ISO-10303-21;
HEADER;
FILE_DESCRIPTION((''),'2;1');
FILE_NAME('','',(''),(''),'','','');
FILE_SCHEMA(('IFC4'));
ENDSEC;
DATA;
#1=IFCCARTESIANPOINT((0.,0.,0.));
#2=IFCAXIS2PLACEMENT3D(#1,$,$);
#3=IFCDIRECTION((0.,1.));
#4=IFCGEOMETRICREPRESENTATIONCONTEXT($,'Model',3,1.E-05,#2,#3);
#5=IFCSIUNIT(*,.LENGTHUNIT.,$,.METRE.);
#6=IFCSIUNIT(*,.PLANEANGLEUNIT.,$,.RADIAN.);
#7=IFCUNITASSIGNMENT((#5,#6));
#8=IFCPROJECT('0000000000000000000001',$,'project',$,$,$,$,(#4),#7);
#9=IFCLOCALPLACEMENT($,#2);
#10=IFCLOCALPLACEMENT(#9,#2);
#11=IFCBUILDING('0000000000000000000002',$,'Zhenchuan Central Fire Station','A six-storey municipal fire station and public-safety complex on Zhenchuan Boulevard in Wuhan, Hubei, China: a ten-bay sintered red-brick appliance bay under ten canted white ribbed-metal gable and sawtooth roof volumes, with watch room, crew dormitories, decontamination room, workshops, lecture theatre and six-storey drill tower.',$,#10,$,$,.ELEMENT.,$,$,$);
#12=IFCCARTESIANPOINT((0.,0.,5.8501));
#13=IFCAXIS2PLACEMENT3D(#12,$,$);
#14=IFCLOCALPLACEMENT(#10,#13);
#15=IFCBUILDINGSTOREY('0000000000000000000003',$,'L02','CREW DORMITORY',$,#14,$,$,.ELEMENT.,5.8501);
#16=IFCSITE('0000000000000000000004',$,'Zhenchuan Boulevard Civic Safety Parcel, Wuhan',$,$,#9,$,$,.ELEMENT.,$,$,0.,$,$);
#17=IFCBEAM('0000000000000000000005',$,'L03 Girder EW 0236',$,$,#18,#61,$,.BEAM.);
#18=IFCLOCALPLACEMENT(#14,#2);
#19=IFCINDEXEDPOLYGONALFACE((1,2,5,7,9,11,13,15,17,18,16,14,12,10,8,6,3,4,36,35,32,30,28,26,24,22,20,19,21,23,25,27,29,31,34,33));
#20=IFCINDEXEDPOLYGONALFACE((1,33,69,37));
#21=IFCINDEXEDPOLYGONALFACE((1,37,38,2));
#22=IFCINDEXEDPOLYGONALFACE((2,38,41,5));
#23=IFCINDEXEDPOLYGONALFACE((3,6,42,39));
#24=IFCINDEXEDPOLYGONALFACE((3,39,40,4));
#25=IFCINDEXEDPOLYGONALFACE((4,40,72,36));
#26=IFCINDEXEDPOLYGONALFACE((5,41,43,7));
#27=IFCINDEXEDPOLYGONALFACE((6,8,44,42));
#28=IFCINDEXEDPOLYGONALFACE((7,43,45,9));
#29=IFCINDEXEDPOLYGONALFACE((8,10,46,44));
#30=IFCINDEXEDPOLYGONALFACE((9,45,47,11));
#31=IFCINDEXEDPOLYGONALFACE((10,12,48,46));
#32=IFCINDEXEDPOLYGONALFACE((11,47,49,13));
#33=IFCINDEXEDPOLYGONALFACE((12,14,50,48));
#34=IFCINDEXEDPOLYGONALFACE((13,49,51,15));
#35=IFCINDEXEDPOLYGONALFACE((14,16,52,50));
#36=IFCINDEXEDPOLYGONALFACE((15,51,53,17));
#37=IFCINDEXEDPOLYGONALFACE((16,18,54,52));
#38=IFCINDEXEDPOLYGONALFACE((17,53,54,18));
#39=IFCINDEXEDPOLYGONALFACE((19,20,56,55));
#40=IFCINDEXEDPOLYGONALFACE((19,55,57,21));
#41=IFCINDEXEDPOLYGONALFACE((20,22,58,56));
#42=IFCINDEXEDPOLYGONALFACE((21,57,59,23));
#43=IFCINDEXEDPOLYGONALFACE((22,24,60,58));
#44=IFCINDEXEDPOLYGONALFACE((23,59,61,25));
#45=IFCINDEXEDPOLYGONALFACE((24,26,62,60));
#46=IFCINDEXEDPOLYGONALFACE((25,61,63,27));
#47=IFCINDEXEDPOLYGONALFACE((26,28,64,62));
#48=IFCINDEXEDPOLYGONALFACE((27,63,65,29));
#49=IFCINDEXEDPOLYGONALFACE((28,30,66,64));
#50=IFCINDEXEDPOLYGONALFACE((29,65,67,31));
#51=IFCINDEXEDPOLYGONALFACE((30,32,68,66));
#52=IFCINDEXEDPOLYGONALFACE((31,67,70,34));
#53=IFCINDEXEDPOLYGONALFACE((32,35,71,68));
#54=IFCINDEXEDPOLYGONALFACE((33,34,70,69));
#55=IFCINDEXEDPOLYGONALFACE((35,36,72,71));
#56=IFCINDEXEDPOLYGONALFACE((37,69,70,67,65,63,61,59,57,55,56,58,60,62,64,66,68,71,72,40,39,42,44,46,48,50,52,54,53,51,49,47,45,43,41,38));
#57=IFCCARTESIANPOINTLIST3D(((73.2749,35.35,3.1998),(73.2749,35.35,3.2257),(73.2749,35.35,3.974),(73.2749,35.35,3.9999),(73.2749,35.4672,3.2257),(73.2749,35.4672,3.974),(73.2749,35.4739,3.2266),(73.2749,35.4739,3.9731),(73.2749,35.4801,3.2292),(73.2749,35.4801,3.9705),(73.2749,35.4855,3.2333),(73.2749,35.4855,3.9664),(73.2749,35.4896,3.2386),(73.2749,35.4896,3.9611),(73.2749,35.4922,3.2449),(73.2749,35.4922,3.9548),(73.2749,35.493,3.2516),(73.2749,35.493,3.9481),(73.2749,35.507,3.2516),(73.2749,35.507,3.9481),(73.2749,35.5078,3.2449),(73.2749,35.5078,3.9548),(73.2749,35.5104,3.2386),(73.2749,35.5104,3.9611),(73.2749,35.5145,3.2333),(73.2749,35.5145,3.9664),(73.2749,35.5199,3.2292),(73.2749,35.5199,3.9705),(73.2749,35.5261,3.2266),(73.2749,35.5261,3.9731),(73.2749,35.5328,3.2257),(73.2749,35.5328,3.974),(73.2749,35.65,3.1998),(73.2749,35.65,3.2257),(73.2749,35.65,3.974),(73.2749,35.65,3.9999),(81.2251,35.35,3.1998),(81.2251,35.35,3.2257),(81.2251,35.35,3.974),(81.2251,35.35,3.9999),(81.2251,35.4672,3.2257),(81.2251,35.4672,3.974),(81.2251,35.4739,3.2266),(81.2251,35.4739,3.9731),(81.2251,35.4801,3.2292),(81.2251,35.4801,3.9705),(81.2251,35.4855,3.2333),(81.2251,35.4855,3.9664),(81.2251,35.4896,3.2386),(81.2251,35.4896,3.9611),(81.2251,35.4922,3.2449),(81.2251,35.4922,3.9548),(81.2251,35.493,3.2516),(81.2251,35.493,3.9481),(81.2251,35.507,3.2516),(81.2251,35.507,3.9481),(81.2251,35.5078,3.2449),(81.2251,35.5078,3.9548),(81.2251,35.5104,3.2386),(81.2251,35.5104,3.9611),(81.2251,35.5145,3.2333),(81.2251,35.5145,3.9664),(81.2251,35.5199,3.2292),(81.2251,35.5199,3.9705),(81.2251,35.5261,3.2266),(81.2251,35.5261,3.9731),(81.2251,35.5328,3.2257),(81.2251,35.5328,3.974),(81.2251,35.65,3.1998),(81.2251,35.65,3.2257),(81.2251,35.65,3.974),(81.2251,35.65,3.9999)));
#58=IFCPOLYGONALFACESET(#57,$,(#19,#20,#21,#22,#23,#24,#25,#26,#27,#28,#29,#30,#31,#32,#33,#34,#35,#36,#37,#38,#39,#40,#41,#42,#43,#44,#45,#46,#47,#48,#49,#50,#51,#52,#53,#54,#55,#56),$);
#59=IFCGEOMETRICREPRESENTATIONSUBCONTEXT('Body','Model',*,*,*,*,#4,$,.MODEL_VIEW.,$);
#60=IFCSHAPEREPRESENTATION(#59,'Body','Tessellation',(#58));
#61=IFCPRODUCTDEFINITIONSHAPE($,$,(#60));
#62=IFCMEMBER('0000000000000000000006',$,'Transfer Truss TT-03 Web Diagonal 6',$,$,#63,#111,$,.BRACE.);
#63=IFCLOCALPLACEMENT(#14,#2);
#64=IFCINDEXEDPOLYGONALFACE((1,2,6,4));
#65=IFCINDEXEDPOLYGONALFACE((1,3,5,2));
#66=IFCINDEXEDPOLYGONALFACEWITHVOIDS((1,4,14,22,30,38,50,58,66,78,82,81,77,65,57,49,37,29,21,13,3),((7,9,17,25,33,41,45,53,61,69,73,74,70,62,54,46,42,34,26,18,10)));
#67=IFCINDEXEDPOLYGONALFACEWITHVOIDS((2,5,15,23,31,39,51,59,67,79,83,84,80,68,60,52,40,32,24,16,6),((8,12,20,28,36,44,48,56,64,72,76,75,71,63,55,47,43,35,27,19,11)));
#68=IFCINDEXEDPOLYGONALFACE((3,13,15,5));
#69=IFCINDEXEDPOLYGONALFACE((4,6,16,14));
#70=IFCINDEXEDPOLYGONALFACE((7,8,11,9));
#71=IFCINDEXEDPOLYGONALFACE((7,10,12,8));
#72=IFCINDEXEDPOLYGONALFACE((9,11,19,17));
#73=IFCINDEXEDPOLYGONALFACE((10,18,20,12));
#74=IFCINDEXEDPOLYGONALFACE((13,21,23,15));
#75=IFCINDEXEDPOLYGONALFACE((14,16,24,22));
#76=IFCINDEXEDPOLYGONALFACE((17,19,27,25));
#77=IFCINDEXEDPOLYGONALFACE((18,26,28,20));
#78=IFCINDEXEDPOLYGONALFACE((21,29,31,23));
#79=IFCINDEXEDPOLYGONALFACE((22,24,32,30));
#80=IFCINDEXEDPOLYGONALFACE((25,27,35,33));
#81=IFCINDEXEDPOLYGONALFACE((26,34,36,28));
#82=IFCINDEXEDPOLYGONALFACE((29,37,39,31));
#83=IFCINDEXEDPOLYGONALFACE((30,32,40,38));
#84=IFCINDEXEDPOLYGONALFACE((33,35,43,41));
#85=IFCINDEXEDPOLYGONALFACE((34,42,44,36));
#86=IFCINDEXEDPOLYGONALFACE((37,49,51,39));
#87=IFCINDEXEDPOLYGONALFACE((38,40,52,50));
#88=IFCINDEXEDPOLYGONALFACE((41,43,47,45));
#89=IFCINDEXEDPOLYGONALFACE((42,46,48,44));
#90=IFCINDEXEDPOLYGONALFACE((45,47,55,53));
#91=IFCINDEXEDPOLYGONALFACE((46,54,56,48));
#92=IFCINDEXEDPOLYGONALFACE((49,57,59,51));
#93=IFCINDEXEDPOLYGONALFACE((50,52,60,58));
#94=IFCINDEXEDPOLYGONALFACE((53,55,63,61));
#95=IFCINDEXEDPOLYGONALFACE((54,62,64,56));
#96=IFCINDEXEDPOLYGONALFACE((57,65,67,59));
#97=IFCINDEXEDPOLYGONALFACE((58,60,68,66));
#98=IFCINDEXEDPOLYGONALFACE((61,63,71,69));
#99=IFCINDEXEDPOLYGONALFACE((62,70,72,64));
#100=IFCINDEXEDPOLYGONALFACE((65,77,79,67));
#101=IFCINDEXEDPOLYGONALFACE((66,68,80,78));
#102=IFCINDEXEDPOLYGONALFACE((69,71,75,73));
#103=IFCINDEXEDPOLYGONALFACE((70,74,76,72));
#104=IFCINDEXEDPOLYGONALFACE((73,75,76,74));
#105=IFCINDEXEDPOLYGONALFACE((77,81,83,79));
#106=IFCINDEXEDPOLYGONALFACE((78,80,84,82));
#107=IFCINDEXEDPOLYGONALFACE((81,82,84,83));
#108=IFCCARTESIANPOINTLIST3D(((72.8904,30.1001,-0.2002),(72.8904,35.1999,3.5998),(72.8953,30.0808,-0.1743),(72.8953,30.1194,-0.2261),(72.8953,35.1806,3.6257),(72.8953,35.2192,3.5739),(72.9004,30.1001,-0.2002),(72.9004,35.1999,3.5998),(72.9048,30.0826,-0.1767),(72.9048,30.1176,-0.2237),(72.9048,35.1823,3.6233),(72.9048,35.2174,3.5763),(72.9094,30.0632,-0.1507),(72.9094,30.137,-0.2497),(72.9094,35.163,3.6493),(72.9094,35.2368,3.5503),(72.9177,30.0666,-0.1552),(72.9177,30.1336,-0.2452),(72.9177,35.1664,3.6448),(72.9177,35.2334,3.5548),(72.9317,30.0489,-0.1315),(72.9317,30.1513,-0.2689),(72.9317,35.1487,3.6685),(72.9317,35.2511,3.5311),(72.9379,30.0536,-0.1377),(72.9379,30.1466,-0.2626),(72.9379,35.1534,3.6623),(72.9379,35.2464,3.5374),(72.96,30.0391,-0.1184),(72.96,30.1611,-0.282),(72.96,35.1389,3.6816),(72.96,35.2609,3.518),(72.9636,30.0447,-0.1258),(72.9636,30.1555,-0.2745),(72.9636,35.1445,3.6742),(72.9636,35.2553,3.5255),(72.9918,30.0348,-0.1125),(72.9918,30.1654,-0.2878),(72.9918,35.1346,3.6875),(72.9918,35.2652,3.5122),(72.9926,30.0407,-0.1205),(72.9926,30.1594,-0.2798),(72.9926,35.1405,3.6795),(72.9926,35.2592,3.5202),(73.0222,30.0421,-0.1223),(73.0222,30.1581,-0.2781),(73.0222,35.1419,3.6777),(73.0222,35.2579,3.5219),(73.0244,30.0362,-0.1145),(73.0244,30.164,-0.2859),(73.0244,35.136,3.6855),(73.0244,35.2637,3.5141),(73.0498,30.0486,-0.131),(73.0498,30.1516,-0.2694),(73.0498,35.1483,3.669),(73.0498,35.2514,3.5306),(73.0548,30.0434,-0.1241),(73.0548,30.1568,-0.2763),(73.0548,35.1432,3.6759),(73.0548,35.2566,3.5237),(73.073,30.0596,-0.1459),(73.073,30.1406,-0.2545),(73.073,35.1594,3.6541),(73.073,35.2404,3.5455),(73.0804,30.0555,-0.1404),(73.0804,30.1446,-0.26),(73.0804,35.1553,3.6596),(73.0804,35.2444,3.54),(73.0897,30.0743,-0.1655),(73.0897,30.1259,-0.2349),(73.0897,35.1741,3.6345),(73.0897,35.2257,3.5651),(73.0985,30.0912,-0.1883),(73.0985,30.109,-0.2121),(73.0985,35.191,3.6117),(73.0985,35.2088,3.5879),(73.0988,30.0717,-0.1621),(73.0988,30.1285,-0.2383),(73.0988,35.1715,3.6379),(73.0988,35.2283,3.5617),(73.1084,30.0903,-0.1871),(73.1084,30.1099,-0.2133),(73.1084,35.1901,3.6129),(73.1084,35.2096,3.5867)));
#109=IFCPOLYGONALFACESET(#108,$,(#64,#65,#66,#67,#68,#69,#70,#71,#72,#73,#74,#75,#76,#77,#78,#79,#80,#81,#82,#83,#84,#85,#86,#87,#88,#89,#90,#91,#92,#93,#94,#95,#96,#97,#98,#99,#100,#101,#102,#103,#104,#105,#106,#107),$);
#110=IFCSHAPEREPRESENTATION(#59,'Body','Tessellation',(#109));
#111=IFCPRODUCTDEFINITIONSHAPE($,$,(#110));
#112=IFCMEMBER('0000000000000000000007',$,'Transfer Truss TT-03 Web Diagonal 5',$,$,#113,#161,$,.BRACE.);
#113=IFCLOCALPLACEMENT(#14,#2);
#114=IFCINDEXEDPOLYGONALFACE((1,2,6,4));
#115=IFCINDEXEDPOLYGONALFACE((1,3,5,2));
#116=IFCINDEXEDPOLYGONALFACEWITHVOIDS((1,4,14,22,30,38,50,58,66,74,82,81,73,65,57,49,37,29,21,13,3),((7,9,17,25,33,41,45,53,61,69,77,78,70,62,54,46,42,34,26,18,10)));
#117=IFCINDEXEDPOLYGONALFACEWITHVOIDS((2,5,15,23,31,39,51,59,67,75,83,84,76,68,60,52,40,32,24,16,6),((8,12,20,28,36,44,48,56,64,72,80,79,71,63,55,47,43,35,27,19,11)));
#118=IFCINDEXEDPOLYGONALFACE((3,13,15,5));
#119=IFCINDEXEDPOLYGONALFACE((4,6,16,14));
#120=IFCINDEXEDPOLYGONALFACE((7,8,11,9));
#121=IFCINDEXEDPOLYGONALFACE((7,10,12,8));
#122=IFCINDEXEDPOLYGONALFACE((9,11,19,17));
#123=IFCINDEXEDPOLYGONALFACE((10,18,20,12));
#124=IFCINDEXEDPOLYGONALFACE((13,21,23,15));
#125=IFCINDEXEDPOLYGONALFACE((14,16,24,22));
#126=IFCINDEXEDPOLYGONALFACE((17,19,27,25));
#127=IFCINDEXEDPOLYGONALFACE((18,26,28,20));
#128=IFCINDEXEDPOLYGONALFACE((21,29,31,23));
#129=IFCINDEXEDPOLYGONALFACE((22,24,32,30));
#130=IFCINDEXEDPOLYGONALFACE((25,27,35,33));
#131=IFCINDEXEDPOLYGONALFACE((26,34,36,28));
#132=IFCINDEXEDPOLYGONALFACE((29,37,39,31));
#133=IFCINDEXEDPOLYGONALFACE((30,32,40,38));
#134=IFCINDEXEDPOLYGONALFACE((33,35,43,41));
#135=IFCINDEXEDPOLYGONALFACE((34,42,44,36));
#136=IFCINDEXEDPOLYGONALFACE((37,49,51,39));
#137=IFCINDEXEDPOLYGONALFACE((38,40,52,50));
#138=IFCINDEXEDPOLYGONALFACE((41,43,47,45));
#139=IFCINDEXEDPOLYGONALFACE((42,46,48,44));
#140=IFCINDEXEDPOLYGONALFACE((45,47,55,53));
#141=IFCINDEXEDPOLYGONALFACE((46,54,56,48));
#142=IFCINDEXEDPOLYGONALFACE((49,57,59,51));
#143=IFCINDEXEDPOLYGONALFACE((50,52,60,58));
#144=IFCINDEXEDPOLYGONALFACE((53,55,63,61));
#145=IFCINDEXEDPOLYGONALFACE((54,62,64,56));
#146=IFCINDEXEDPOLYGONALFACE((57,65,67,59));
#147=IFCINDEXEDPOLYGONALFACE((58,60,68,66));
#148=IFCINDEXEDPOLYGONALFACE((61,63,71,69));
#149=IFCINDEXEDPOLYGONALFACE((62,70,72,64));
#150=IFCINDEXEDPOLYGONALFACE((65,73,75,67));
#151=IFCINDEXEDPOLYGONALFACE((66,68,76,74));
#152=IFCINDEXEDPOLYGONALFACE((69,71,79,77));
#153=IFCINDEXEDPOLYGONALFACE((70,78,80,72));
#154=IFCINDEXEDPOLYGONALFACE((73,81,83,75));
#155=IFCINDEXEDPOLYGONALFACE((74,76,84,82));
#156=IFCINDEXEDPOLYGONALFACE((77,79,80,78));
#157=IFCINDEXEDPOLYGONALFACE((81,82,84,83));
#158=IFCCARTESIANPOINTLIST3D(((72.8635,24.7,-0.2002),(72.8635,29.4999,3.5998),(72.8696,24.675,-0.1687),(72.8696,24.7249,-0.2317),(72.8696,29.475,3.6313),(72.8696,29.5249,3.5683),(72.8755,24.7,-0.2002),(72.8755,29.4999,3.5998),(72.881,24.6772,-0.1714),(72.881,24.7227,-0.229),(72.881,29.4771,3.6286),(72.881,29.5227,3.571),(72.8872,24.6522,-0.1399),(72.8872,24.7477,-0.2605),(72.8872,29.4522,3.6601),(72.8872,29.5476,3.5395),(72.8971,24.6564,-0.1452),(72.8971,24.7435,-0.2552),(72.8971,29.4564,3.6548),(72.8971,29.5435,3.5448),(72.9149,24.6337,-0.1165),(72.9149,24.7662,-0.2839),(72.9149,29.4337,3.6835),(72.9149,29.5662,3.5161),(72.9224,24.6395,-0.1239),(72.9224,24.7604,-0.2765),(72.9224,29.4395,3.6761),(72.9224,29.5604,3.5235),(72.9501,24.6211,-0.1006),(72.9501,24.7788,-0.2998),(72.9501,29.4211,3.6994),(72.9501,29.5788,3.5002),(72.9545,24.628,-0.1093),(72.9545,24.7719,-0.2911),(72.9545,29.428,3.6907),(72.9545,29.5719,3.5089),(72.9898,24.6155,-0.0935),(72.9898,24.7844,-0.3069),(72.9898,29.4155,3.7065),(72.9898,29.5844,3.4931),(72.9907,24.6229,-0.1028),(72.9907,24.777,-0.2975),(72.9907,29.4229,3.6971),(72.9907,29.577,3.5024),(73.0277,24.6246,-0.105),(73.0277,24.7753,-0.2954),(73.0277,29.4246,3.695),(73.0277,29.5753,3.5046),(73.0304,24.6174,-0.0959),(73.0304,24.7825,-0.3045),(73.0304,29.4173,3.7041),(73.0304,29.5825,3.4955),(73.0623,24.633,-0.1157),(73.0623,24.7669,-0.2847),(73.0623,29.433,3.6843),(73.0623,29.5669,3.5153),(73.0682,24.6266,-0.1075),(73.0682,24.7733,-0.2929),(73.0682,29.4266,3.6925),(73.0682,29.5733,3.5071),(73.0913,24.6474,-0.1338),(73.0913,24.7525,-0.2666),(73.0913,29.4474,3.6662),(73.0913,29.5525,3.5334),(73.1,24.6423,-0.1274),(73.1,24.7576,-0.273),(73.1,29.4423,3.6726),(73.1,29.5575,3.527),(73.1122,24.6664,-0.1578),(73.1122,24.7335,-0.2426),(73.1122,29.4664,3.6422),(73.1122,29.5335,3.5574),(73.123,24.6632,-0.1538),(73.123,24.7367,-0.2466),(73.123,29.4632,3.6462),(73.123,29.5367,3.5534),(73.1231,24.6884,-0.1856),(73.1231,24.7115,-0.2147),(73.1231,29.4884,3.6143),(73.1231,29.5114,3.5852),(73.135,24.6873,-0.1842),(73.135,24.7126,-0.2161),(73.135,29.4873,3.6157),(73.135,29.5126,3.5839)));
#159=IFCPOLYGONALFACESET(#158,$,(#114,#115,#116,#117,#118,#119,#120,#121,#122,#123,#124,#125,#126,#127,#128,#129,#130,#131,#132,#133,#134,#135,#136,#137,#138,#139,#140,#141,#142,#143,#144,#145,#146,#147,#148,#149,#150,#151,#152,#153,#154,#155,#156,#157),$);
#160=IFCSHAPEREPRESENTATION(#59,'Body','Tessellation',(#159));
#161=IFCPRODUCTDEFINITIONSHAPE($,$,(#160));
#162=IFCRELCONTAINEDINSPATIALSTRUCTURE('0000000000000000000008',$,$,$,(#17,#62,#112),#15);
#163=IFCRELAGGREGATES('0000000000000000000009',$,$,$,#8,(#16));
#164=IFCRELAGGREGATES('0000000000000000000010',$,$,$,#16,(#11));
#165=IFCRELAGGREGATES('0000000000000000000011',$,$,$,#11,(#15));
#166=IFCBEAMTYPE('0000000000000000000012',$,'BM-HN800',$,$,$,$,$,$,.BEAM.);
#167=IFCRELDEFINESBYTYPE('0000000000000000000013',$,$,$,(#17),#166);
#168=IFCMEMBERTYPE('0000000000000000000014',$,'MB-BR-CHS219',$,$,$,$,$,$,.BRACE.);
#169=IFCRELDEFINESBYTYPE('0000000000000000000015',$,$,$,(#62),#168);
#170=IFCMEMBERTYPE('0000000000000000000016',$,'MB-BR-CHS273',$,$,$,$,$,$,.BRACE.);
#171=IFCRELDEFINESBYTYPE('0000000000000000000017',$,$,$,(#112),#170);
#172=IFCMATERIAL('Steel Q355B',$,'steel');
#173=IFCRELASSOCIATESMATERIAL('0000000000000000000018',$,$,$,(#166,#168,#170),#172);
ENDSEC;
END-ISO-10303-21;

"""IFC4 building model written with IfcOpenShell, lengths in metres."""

from ifc_helpers import new_model, si_unit, direction, frame, origin, origin_2d, place, context, subcontext, project, spatial, hollow_circle, i_section, extrude, material, material_profile, profile_set, type_object, element, save


model = new_model("IFC4")

# Units and contexts
model_context = context("Model", 3, precision=1e-05, world=origin(), true_north=direction((0.0, 1.0)))
body_context = subcontext(model_context, "Body", "Model", "MODEL_VIEW")
ifc_project = project(units=[si_unit("LENGTHUNIT", "METRE"), si_unit("PLANEANGLEUNIT", "RADIAN")], contexts=[model_context])

# Site, building, storey
site_placement = place(None, origin())
site = spatial("IfcSite", under=ifc_project, at=site_placement, Name="Zhenchuan Boulevard Civic Safety Parcel, Wuhan", CompositionType="ELEMENT", RefElevation=0.0)
building_placement = place(site_placement, origin())
building = spatial("IfcBuilding", under=site, at=building_placement, Name="Zhenchuan Central Fire Station", Description="A six-storey municipal fire station and public-safety complex on Zhenchuan Boulevard in Wuhan, Hubei, China: a ten-bay sintered red-brick appliance bay under ten canted white ribbed-metal gable and sawtooth roof volumes, with watch room, crew dormitories, decontamination room, workshops, lecture theatre and six-storey drill tower.", CompositionType="ELEMENT")
storey_placement = place(building_placement, frame((0.0, 0.0, 5.8501)))
storey = spatial("IfcBuildingStorey", under=building, at=storey_placement, Name="L02", Description="CREW DORMITORY", CompositionType="ELEMENT", Elevation=5.8501)

# Beam
ifc_material_1 = material(Name="Steel Q355B", Category="steel")
ifc_material_profile_1 = material_profile(ifc_material_1, i_section(OverallWidth=0.3, OverallDepth=0.8, WebThickness=0.0139, FlangeThickness=0.0259, FilletRadius=0.0259, at=origin_2d()), Name="HN 800x300")
ifc_profile_set_1 = profile_set([ifc_material_profile_1], Name="Steel Q355B")
beam_type = type_object("IfcBeamType", Name="BM-HN800", PredefinedType="BEAM", material=ifc_profile_set_1)
beam_placement = place(storey_placement, frame((73.2749, 35.5, 3.5999), z_axis=(1.0, 0.0, 0.0), x_axis=(0.0, 1.0, 0.0)))
element("IfcBeam", 1, at=beam_placement, inside=storey, type_object=beam_type, Name="L03 Girder EW 0236", PredefinedType="BEAM", context=body_context, shape_type="SweptSolid", body=[
    extrude(i_section(OverallWidth=0.3, OverallDepth=0.8, WebThickness=0.0139, FlangeThickness=0.0259, FilletRadius=0.0259, at=origin_2d()), origin(), (0.0, 0.0, 1.0), 7.9502),
])

# Members
ifc_material_profile_2 = material_profile(ifc_material_1, hollow_circle(Radius=0.1096, WallThickness=0.01, at=origin_2d()), Name="CHS 219.1x10")
ifc_profile_set_2 = profile_set([ifc_material_profile_2], Name="Steel Q355B")
member_type_1 = type_object("IfcMemberType", Name="MB-BR-CHS219", PredefinedType="BRACE", material=ifc_profile_set_2)
member_placement = place(storey_placement, frame((73.0, 30.1001, -0.2002), z_axis=(0.0, 0.801871, 0.597497), x_axis=(-1.0, 0.0, 0.0)))
element("IfcMember", 2, at=member_placement, inside=storey, type_object=member_type_1, Name="Transfer Truss TT-03 Web Diagonal 6", PredefinedType="BRACE", context=body_context, shape_type="SweptSolid", body=[
    extrude(hollow_circle(Radius=0.1096, WallThickness=0.01, at=origin_2d()), origin(), (0.0, 0.0, 1.0), 6.3599),
])
ifc_material_profile_3 = material_profile(ifc_material_1, hollow_circle(Radius=0.1365, WallThickness=0.012, at=origin_2d()), Name="CHS 273x12")
ifc_profile_set_3 = profile_set([ifc_material_profile_3], Name="Steel Q355B")
member_type_2 = type_object("IfcMemberType", Name="MB-BR-CHS273", PredefinedType="BRACE", material=ifc_profile_set_3)
for number, where, z_axis, x_axis, name in (
    (3, (73.0, 24.7, -0.2002), (0.0, 0.784045, 0.620704), (-1.0, 0.0, 0.0), "Transfer Truss TT-03 Web Diagonal 5"),
):
    element("IfcMember", number, at=place(storey_placement, frame(where, z_axis=z_axis, x_axis=x_axis)), inside=storey, type_object=member_type_2, Name=name, PredefinedType="BRACE", context=body_context, shape_type="SweptSolid", body=[
        extrude(hollow_circle(Radius=0.1365, WallThickness=0.012, at=origin_2d()), origin(), (0.0, 0.0, 1.0), 6.1221),
    ])

save(model, "model.ifc")
